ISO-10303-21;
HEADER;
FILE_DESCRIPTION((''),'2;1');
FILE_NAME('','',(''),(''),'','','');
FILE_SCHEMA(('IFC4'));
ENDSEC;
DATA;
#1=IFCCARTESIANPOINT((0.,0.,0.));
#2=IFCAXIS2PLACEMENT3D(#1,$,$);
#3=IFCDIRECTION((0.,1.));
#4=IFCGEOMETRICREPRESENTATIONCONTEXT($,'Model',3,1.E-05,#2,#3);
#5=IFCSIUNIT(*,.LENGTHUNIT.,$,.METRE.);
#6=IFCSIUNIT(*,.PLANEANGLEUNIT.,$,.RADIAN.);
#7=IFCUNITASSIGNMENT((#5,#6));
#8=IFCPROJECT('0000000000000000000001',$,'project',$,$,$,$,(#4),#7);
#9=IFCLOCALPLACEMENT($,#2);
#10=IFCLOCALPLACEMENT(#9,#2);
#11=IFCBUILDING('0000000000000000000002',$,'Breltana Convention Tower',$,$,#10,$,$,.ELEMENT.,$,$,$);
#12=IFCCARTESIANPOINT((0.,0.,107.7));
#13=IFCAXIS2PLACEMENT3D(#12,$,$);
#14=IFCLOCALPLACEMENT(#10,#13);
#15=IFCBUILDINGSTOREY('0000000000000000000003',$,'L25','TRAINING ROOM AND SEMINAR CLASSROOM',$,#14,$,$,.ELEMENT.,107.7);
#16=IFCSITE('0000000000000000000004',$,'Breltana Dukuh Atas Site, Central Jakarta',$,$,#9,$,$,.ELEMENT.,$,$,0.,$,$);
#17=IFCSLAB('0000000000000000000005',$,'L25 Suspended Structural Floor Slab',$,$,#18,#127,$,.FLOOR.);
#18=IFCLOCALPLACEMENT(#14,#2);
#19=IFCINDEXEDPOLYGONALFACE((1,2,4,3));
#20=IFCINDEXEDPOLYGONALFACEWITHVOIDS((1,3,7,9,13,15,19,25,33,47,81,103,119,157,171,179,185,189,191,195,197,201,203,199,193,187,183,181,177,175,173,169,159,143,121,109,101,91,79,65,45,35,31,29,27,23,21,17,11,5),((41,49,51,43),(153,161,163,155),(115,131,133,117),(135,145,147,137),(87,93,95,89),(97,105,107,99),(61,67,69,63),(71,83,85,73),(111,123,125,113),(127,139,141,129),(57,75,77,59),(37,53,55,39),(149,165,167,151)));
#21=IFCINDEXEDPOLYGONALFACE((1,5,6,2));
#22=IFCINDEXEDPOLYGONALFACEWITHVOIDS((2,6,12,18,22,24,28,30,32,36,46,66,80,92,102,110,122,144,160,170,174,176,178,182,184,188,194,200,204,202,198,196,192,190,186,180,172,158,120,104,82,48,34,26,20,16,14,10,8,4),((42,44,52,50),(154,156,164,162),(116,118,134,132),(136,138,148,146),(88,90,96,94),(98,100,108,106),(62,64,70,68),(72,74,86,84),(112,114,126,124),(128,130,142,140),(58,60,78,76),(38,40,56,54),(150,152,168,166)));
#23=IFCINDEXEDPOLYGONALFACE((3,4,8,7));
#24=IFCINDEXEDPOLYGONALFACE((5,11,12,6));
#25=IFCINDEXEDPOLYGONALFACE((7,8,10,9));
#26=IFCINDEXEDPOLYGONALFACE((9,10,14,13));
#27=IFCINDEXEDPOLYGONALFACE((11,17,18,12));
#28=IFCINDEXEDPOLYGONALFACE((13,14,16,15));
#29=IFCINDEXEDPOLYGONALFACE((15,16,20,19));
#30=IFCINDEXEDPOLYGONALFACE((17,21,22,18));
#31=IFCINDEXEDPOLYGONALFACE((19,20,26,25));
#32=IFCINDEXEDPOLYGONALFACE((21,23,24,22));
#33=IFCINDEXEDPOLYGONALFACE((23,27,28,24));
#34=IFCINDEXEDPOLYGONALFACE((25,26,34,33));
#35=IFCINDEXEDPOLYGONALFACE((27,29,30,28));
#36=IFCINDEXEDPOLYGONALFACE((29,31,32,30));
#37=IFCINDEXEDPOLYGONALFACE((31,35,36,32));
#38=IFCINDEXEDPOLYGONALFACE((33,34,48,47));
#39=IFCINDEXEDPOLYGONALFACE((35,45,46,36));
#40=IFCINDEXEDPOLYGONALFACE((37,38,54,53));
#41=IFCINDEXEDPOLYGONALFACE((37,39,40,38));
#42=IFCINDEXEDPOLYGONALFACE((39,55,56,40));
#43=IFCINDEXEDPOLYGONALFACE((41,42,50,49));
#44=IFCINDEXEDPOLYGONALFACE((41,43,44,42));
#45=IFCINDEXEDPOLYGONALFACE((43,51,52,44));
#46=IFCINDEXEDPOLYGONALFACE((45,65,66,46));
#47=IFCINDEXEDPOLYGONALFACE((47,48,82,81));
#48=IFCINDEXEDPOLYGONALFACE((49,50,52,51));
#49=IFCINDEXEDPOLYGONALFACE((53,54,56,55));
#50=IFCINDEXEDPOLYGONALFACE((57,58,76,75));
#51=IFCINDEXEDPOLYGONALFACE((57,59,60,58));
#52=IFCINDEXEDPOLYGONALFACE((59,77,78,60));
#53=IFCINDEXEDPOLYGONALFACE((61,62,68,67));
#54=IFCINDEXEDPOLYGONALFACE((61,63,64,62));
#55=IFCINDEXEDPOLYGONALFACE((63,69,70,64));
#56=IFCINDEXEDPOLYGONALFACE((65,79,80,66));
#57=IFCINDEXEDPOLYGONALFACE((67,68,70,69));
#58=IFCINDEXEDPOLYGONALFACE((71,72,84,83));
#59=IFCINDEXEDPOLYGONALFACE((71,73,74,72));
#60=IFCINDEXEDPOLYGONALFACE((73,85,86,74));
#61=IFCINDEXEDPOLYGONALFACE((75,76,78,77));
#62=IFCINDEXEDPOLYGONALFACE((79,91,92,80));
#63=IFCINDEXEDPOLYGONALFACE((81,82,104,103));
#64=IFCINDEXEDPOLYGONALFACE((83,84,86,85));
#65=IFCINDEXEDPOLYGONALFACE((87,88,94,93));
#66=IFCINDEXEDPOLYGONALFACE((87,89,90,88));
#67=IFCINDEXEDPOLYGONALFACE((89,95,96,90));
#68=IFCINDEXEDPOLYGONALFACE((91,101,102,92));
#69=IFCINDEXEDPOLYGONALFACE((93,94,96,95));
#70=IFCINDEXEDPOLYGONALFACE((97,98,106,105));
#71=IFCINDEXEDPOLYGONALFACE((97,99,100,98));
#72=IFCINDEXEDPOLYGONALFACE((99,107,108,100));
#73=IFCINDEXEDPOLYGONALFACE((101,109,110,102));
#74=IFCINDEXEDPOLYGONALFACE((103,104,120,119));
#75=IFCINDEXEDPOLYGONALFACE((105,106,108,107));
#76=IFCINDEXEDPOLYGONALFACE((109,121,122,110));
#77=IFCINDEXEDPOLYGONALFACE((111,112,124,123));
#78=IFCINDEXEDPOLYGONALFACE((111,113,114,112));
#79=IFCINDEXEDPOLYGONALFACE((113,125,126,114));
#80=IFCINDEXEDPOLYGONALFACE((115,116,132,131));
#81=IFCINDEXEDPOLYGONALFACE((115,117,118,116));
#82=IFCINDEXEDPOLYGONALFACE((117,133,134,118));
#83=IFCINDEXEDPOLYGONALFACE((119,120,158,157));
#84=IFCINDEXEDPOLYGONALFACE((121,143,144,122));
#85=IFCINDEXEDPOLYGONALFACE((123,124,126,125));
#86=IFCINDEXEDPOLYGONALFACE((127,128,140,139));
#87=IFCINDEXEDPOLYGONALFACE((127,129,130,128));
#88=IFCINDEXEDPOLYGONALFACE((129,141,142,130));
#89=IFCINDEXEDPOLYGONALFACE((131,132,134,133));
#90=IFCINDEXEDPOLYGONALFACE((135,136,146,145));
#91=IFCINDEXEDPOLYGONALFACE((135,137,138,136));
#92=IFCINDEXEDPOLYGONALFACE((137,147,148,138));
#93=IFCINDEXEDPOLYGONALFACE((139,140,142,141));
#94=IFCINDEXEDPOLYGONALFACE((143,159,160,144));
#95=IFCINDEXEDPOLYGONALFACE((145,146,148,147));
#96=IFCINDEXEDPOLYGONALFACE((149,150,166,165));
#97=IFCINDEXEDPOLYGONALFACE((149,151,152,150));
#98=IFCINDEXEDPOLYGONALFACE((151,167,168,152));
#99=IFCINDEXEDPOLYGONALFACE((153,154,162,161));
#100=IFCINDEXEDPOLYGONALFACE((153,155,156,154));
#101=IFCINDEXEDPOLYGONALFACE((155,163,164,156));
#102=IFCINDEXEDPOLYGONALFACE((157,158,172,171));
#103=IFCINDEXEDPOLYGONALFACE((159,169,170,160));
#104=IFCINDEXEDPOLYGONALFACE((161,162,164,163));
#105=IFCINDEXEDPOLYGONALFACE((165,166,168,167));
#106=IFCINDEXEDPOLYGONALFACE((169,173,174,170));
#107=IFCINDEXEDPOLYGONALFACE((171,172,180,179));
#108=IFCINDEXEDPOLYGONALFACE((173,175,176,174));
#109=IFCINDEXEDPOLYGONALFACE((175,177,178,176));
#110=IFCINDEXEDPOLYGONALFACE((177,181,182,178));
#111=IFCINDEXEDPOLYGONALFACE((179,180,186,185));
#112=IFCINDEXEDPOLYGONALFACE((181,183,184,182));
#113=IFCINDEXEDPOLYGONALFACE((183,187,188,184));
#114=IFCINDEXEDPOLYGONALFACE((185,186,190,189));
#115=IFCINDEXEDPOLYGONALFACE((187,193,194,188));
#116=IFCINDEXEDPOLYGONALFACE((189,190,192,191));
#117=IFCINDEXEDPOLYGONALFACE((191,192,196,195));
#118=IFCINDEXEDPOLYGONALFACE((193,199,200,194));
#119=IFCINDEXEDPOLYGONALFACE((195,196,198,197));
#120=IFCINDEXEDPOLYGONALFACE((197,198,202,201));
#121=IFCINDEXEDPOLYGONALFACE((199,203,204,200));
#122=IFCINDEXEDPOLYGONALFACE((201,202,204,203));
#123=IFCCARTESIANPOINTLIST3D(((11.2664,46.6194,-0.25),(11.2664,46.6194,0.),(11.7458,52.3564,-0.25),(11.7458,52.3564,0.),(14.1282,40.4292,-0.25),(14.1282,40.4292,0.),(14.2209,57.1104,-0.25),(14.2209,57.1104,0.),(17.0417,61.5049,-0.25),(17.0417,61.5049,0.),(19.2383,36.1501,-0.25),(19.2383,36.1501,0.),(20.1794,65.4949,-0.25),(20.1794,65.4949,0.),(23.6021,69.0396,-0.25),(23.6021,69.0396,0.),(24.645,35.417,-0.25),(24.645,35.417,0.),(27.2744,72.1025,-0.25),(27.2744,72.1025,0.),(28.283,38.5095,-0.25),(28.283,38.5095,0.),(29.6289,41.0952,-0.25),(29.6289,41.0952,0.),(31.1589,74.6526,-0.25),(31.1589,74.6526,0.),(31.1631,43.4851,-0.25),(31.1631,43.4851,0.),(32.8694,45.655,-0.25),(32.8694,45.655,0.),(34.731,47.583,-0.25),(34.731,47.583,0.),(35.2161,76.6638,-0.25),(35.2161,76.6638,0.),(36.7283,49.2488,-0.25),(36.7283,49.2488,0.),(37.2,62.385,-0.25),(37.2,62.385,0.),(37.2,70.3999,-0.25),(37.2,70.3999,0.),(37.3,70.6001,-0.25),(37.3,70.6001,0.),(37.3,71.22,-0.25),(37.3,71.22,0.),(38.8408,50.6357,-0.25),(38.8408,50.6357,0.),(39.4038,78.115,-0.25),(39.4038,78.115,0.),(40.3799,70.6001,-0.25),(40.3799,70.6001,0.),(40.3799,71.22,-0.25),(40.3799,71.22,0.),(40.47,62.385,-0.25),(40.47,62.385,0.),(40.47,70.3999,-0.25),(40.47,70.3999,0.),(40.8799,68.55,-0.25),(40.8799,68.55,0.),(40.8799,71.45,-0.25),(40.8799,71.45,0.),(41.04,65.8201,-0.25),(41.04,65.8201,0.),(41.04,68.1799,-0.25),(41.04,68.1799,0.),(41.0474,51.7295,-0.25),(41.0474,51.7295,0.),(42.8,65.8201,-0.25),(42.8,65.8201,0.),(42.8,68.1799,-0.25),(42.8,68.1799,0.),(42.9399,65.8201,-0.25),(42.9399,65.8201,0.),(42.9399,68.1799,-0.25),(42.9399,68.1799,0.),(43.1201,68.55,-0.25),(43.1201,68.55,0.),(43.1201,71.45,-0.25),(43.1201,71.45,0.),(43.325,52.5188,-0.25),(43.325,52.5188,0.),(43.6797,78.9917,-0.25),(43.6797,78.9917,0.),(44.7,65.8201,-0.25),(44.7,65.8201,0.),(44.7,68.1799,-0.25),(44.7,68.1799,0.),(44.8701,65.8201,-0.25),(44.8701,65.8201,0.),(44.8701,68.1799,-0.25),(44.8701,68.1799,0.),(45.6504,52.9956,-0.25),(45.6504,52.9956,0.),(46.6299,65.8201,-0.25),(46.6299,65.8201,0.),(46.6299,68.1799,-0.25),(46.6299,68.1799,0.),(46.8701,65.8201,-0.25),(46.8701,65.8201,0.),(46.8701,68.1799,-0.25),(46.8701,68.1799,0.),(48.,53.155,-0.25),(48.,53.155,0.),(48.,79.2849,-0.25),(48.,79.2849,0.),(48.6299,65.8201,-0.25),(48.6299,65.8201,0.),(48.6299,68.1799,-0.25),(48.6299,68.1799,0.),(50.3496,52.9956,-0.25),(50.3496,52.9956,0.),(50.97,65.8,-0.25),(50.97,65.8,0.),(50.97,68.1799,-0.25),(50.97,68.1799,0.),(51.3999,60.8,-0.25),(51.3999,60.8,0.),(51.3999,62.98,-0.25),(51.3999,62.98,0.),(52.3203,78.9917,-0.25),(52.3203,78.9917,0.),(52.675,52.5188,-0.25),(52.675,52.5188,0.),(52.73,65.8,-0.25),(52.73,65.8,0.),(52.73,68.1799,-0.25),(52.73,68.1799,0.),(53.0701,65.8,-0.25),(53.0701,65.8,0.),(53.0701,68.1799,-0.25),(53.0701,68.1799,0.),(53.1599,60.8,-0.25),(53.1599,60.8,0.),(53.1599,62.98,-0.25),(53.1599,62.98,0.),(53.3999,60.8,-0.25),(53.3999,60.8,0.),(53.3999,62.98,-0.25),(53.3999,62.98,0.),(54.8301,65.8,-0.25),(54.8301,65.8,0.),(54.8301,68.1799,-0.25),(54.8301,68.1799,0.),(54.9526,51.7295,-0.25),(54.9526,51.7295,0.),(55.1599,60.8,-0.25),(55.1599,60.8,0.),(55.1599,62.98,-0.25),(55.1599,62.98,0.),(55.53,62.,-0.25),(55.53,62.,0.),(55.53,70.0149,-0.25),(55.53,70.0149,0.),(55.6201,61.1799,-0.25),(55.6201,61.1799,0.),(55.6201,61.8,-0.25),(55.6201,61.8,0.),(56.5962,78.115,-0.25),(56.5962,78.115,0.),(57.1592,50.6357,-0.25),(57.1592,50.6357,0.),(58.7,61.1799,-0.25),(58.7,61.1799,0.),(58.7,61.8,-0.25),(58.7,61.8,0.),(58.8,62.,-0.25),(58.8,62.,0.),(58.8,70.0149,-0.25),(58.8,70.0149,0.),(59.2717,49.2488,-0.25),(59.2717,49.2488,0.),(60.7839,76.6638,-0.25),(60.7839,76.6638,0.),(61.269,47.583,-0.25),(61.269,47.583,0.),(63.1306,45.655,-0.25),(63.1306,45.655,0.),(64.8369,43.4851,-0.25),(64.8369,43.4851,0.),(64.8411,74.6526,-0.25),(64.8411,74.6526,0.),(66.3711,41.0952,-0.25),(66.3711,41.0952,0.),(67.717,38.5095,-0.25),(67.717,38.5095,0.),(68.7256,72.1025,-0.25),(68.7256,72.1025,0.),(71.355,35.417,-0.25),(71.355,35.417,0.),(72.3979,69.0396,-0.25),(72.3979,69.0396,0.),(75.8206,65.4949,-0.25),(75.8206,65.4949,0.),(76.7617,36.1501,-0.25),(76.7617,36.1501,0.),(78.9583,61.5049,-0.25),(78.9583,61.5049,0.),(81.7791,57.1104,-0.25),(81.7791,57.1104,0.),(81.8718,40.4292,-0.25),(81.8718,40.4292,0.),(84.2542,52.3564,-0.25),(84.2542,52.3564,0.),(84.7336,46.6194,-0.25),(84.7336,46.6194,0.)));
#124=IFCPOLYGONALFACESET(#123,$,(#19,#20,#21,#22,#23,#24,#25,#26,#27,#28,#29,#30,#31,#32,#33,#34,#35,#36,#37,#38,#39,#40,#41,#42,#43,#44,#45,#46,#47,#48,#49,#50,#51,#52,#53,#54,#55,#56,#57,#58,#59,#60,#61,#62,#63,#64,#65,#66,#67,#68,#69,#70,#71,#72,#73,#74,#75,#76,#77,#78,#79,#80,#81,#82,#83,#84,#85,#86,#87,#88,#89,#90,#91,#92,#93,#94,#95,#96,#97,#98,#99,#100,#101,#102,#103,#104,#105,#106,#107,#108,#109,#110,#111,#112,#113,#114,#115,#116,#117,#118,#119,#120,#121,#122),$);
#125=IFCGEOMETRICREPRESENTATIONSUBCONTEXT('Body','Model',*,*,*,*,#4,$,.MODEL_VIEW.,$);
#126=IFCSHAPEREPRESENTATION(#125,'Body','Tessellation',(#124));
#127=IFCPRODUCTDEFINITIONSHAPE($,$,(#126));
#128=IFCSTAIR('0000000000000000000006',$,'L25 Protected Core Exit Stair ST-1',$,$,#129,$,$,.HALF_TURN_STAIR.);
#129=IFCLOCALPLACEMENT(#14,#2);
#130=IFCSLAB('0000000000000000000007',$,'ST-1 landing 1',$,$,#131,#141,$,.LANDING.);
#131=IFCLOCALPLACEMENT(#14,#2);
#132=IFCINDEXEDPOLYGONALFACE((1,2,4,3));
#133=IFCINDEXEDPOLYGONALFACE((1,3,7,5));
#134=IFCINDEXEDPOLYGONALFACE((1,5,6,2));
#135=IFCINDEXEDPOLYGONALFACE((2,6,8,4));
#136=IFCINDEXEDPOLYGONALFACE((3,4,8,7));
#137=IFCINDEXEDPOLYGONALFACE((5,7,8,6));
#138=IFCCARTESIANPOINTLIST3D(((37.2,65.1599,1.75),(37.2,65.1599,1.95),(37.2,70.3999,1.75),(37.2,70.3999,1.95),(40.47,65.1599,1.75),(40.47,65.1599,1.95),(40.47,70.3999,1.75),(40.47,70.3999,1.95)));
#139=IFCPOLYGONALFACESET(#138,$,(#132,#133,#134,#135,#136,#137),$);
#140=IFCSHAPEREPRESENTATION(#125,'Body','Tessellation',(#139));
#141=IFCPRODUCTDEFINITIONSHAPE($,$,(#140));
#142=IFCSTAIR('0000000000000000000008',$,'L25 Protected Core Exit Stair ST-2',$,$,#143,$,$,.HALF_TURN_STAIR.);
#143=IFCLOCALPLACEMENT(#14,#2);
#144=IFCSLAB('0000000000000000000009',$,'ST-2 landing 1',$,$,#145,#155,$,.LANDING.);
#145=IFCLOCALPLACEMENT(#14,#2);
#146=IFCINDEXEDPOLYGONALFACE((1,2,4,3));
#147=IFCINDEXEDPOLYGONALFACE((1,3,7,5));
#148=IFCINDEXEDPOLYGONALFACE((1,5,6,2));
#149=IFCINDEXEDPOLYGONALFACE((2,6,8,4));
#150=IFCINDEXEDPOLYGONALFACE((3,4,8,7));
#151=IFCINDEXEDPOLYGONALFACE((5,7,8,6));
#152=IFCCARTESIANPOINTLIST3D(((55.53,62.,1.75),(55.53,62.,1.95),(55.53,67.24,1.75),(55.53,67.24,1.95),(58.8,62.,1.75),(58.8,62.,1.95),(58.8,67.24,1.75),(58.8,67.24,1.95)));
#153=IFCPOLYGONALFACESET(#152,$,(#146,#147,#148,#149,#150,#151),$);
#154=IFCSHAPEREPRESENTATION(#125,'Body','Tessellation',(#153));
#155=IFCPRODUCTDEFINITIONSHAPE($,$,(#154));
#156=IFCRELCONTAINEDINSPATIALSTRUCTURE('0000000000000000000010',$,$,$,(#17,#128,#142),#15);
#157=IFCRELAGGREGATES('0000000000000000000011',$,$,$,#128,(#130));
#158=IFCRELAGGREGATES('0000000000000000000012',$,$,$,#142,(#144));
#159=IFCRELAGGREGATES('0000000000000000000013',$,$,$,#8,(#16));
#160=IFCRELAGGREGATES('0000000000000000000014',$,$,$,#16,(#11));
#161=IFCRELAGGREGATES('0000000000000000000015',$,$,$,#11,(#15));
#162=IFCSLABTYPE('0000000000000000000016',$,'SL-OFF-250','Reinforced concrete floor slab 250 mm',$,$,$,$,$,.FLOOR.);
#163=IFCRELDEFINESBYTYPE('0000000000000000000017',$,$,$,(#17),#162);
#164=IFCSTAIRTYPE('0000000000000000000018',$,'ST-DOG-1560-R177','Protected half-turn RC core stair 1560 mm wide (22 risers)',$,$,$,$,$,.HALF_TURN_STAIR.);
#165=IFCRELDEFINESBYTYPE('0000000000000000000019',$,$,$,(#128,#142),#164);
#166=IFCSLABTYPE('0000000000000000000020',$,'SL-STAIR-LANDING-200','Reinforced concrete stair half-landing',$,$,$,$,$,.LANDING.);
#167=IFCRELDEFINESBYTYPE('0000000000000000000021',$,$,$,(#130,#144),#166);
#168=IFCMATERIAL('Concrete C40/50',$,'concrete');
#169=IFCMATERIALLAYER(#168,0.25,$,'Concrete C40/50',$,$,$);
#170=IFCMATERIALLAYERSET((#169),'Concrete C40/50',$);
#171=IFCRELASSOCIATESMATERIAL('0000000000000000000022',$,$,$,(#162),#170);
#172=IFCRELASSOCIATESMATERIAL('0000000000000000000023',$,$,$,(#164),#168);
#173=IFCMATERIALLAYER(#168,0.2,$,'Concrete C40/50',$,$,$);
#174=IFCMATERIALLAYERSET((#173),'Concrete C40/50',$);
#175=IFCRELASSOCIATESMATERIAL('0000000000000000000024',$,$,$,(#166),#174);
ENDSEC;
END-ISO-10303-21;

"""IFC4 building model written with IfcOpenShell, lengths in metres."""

from ifc_helpers import new_model, si_unit, direction, frame, origin, place, context, subcontext, project, spatial, polyline, outline, extrude, material, layer, layer_set, type_object, element, aggregate, save


model = new_model("IFC4")

# Units and contexts
model_context = context("Model", 3, precision=1e-05, world=origin(), true_north=direction((0.0, 1.0)))
body_context = subcontext(model_context, "Body", "Model", "MODEL_VIEW")
ifc_project = project(units=[si_unit("LENGTHUNIT", "METRE"), si_unit("PLANEANGLEUNIT", "RADIAN")], contexts=[model_context])

# Site, building, storey
site_placement = place(None, origin())
site = spatial("IfcSite", under=ifc_project, at=site_placement, Name="Breltana Dukuh Atas Site, Central Jakarta", CompositionType="ELEMENT", RefElevation=0.0)
building_placement = place(site_placement, origin())
building = spatial("IfcBuilding", under=site, at=building_placement, Name="Breltana Convention Tower", CompositionType="ELEMENT")
storey_placement = place(building_placement, frame((0.0, 0.0, 107.7)))
storey = spatial("IfcBuildingStorey", under=building, at=storey_placement, Name="L25", Description="TRAINING ROOM AND SEMINAR CLASSROOM", CompositionType="ELEMENT", Elevation=107.7)

# Slab
ifc_material_1 = material(Name="Concrete C40/50", Category="concrete")
ifc_layer_1 = layer(ifc_material_1, 0.25, Name="Concrete C40/50")
ifc_layer_set_1 = layer_set([ifc_layer_1], Name="Concrete C40/50")
slab_type_1 = type_object("IfcSlabType", Name="SL-OFF-250", Description="Reinforced concrete floor slab 250 mm", PredefinedType="FLOOR", material=ifc_layer_set_1)
slab_1_placement = place(storey_placement, frame((0.0, 0.0, -0.25)))
element("IfcSlab", 1, at=slab_1_placement, inside=storey, type_object=slab_type_1, Name="L25 Suspended Structural Floor Slab", PredefinedType="FLOOR", context=body_context, shape_type="SweptSolid", body=[
    extrude(outline(polyline([(84.2542, 52.3564), (81.7791, 57.1104), (78.9583, 61.5049), (75.8206, 65.4949), (72.3979, 69.0396), (68.7256, 72.1025), (64.8411, 74.6526), (60.7839, 76.6638), (56.5962, 78.115), (52.3203, 78.9917), (48.0, 79.2849), (43.6797, 78.9917), (39.4038, 78.115), (35.2161, 76.6638), (31.1589, 74.6526), (27.2744, 72.1025), (23.6021, 69.0396), (20.1794, 65.4949), (17.0417, 61.5049), (14.2209, 57.1104), (11.7458, 52.3564), (11.2664, 46.6194), (14.1282, 40.4292), (19.2383, 36.1501), (24.645, 35.417), (28.283, 38.5095), (29.6289, 41.0952), (31.1631, 43.4851), (32.8694, 45.655), (34.731, 47.583), (36.7283, 49.2488), (38.8408, 50.6357), (41.0474, 51.7295), (43.325, 52.5188), (45.6504, 52.9956), (48.0, 53.155), (50.3496, 52.9956), (52.675, 52.5188), (54.9526, 51.7295), (57.1592, 50.6357), (59.2717, 49.2488), (61.269, 47.583), (63.1306, 45.655), (64.8369, 43.4851), (66.3711, 41.0952), (67.717, 38.5095), (71.355, 35.417), (76.7617, 36.1501), (81.8718, 40.4292), (84.7336, 46.6194), (84.2542, 52.3564)]), holes=[polyline([(37.2, 62.385), (40.47, 62.385), (40.47, 70.3999), (37.2, 70.3999), (37.2, 62.385)]), polyline([(55.53, 62.0), (58.8, 62.0), (58.8, 70.0149), (55.53, 70.0149), (55.53, 62.0)]), polyline([(51.3999, 60.8), (53.1599, 60.8), (53.1599, 62.98), (51.3999, 62.98), (51.3999, 60.8)]), polyline([(53.3999, 60.8), (55.1599, 60.8), (55.1599, 62.98), (53.3999, 62.98), (53.3999, 60.8)]), polyline([(41.04, 65.8201), (42.8, 65.8201), (42.8, 68.1799), (41.04, 68.1799), (41.04, 65.8201)]), polyline([(42.9399, 65.8201), (44.7, 65.8201), (44.7, 68.1799), (42.9399, 68.1799), (42.9399, 65.8201)]), polyline([(44.8701, 65.8201), (46.6299, 65.8201), (46.6299, 68.1799), (44.8701, 68.1799), (44.8701, 65.8201)]), polyline([(46.8701, 65.8201), (48.6299, 65.8201), (48.6299, 68.1799), (46.8701, 68.1799), (46.8701, 65.8201)]), polyline([(50.97, 65.8), (52.73, 65.8), (52.73, 68.1799), (50.97, 68.1799), (50.97, 65.8)]), polyline([(53.0701, 65.8), (54.8301, 65.8), (54.8301, 68.1799), (53.0701, 68.1799), (53.0701, 65.8)]), polyline([(40.8799, 68.55), (43.1201, 68.55), (43.1201, 71.45), (40.8799, 71.45), (40.8799, 68.55)]), polyline([(37.3, 70.6001), (40.3799, 70.6001), (40.3799, 71.22), (37.3, 71.22), (37.3, 70.6001)]), polyline([(55.6201, 61.1799), (58.7, 61.1799), (58.7, 61.8), (55.6201, 61.8), (55.6201, 61.1799)])]), origin(), (0.0, 0.0, 1.0), 0.25),
])

# Stairs, slabs
stair_type = type_object("IfcStairType", Name="ST-DOG-1560-R177", Description="Protected half-turn RC core stair 1560 mm wide (22 risers)", PredefinedType="HALF_TURN_STAIR", material=ifc_material_1)
stair_1_placement = place(storey_placement, origin())
stair_1 = element("IfcStair", 2, at=stair_1_placement, inside=storey, type_object=stair_type, Name="L25 Protected Core Exit Stair ST-1", PredefinedType="HALF_TURN_STAIR")
ifc_layer_2 = layer(ifc_material_1, 0.2, Name="Concrete C40/50")
ifc_layer_set_2 = layer_set([ifc_layer_2], Name="Concrete C40/50")
slab_type_2 = type_object("IfcSlabType", Name="SL-STAIR-LANDING-200", Description="Reinforced concrete stair half-landing", PredefinedType="LANDING", material=ifc_layer_set_2)
slab_2_placement = place(storey_placement, frame((0.0, 0.0, 1.75)))
slab_2 = element("IfcSlab", 3, at=slab_2_placement, type_object=slab_type_2, Name="ST-1 landing 1", PredefinedType="LANDING", context=body_context, shape_type="SweptSolid", body=[
    extrude(outline(polyline([(40.47, 65.1599), (40.47, 70.3999), (37.2, 70.3999), (37.2, 65.1599), (40.47, 65.1599)])), origin(), (0.0, 0.0, 1.0), 0.2),
])
aggregate(stair_1, [slab_2])
stair_2_placement = place(storey_placement, origin())
stair_2 = element("IfcStair", 4, at=stair_2_placement, inside=storey, type_object=stair_type, Name="L25 Protected Core Exit Stair ST-2", PredefinedType="HALF_TURN_STAIR")
slab_3_placement = place(storey_placement, frame((0.0, 0.0, 1.75)))
slab_3 = element("IfcSlab", 5, at=slab_3_placement, type_object=slab_type_2, Name="ST-2 landing 1", PredefinedType="LANDING", context=body_context, shape_type="SweptSolid", body=[
    extrude(outline(polyline([(55.53, 67.24), (55.53, 62.0), (58.8, 62.0), (58.8, 67.24), (55.53, 67.24)])), origin(), (0.0, 0.0, 1.0), 0.2),
])
aggregate(stair_2, [slab_3])

save(model, "model.ifc")
